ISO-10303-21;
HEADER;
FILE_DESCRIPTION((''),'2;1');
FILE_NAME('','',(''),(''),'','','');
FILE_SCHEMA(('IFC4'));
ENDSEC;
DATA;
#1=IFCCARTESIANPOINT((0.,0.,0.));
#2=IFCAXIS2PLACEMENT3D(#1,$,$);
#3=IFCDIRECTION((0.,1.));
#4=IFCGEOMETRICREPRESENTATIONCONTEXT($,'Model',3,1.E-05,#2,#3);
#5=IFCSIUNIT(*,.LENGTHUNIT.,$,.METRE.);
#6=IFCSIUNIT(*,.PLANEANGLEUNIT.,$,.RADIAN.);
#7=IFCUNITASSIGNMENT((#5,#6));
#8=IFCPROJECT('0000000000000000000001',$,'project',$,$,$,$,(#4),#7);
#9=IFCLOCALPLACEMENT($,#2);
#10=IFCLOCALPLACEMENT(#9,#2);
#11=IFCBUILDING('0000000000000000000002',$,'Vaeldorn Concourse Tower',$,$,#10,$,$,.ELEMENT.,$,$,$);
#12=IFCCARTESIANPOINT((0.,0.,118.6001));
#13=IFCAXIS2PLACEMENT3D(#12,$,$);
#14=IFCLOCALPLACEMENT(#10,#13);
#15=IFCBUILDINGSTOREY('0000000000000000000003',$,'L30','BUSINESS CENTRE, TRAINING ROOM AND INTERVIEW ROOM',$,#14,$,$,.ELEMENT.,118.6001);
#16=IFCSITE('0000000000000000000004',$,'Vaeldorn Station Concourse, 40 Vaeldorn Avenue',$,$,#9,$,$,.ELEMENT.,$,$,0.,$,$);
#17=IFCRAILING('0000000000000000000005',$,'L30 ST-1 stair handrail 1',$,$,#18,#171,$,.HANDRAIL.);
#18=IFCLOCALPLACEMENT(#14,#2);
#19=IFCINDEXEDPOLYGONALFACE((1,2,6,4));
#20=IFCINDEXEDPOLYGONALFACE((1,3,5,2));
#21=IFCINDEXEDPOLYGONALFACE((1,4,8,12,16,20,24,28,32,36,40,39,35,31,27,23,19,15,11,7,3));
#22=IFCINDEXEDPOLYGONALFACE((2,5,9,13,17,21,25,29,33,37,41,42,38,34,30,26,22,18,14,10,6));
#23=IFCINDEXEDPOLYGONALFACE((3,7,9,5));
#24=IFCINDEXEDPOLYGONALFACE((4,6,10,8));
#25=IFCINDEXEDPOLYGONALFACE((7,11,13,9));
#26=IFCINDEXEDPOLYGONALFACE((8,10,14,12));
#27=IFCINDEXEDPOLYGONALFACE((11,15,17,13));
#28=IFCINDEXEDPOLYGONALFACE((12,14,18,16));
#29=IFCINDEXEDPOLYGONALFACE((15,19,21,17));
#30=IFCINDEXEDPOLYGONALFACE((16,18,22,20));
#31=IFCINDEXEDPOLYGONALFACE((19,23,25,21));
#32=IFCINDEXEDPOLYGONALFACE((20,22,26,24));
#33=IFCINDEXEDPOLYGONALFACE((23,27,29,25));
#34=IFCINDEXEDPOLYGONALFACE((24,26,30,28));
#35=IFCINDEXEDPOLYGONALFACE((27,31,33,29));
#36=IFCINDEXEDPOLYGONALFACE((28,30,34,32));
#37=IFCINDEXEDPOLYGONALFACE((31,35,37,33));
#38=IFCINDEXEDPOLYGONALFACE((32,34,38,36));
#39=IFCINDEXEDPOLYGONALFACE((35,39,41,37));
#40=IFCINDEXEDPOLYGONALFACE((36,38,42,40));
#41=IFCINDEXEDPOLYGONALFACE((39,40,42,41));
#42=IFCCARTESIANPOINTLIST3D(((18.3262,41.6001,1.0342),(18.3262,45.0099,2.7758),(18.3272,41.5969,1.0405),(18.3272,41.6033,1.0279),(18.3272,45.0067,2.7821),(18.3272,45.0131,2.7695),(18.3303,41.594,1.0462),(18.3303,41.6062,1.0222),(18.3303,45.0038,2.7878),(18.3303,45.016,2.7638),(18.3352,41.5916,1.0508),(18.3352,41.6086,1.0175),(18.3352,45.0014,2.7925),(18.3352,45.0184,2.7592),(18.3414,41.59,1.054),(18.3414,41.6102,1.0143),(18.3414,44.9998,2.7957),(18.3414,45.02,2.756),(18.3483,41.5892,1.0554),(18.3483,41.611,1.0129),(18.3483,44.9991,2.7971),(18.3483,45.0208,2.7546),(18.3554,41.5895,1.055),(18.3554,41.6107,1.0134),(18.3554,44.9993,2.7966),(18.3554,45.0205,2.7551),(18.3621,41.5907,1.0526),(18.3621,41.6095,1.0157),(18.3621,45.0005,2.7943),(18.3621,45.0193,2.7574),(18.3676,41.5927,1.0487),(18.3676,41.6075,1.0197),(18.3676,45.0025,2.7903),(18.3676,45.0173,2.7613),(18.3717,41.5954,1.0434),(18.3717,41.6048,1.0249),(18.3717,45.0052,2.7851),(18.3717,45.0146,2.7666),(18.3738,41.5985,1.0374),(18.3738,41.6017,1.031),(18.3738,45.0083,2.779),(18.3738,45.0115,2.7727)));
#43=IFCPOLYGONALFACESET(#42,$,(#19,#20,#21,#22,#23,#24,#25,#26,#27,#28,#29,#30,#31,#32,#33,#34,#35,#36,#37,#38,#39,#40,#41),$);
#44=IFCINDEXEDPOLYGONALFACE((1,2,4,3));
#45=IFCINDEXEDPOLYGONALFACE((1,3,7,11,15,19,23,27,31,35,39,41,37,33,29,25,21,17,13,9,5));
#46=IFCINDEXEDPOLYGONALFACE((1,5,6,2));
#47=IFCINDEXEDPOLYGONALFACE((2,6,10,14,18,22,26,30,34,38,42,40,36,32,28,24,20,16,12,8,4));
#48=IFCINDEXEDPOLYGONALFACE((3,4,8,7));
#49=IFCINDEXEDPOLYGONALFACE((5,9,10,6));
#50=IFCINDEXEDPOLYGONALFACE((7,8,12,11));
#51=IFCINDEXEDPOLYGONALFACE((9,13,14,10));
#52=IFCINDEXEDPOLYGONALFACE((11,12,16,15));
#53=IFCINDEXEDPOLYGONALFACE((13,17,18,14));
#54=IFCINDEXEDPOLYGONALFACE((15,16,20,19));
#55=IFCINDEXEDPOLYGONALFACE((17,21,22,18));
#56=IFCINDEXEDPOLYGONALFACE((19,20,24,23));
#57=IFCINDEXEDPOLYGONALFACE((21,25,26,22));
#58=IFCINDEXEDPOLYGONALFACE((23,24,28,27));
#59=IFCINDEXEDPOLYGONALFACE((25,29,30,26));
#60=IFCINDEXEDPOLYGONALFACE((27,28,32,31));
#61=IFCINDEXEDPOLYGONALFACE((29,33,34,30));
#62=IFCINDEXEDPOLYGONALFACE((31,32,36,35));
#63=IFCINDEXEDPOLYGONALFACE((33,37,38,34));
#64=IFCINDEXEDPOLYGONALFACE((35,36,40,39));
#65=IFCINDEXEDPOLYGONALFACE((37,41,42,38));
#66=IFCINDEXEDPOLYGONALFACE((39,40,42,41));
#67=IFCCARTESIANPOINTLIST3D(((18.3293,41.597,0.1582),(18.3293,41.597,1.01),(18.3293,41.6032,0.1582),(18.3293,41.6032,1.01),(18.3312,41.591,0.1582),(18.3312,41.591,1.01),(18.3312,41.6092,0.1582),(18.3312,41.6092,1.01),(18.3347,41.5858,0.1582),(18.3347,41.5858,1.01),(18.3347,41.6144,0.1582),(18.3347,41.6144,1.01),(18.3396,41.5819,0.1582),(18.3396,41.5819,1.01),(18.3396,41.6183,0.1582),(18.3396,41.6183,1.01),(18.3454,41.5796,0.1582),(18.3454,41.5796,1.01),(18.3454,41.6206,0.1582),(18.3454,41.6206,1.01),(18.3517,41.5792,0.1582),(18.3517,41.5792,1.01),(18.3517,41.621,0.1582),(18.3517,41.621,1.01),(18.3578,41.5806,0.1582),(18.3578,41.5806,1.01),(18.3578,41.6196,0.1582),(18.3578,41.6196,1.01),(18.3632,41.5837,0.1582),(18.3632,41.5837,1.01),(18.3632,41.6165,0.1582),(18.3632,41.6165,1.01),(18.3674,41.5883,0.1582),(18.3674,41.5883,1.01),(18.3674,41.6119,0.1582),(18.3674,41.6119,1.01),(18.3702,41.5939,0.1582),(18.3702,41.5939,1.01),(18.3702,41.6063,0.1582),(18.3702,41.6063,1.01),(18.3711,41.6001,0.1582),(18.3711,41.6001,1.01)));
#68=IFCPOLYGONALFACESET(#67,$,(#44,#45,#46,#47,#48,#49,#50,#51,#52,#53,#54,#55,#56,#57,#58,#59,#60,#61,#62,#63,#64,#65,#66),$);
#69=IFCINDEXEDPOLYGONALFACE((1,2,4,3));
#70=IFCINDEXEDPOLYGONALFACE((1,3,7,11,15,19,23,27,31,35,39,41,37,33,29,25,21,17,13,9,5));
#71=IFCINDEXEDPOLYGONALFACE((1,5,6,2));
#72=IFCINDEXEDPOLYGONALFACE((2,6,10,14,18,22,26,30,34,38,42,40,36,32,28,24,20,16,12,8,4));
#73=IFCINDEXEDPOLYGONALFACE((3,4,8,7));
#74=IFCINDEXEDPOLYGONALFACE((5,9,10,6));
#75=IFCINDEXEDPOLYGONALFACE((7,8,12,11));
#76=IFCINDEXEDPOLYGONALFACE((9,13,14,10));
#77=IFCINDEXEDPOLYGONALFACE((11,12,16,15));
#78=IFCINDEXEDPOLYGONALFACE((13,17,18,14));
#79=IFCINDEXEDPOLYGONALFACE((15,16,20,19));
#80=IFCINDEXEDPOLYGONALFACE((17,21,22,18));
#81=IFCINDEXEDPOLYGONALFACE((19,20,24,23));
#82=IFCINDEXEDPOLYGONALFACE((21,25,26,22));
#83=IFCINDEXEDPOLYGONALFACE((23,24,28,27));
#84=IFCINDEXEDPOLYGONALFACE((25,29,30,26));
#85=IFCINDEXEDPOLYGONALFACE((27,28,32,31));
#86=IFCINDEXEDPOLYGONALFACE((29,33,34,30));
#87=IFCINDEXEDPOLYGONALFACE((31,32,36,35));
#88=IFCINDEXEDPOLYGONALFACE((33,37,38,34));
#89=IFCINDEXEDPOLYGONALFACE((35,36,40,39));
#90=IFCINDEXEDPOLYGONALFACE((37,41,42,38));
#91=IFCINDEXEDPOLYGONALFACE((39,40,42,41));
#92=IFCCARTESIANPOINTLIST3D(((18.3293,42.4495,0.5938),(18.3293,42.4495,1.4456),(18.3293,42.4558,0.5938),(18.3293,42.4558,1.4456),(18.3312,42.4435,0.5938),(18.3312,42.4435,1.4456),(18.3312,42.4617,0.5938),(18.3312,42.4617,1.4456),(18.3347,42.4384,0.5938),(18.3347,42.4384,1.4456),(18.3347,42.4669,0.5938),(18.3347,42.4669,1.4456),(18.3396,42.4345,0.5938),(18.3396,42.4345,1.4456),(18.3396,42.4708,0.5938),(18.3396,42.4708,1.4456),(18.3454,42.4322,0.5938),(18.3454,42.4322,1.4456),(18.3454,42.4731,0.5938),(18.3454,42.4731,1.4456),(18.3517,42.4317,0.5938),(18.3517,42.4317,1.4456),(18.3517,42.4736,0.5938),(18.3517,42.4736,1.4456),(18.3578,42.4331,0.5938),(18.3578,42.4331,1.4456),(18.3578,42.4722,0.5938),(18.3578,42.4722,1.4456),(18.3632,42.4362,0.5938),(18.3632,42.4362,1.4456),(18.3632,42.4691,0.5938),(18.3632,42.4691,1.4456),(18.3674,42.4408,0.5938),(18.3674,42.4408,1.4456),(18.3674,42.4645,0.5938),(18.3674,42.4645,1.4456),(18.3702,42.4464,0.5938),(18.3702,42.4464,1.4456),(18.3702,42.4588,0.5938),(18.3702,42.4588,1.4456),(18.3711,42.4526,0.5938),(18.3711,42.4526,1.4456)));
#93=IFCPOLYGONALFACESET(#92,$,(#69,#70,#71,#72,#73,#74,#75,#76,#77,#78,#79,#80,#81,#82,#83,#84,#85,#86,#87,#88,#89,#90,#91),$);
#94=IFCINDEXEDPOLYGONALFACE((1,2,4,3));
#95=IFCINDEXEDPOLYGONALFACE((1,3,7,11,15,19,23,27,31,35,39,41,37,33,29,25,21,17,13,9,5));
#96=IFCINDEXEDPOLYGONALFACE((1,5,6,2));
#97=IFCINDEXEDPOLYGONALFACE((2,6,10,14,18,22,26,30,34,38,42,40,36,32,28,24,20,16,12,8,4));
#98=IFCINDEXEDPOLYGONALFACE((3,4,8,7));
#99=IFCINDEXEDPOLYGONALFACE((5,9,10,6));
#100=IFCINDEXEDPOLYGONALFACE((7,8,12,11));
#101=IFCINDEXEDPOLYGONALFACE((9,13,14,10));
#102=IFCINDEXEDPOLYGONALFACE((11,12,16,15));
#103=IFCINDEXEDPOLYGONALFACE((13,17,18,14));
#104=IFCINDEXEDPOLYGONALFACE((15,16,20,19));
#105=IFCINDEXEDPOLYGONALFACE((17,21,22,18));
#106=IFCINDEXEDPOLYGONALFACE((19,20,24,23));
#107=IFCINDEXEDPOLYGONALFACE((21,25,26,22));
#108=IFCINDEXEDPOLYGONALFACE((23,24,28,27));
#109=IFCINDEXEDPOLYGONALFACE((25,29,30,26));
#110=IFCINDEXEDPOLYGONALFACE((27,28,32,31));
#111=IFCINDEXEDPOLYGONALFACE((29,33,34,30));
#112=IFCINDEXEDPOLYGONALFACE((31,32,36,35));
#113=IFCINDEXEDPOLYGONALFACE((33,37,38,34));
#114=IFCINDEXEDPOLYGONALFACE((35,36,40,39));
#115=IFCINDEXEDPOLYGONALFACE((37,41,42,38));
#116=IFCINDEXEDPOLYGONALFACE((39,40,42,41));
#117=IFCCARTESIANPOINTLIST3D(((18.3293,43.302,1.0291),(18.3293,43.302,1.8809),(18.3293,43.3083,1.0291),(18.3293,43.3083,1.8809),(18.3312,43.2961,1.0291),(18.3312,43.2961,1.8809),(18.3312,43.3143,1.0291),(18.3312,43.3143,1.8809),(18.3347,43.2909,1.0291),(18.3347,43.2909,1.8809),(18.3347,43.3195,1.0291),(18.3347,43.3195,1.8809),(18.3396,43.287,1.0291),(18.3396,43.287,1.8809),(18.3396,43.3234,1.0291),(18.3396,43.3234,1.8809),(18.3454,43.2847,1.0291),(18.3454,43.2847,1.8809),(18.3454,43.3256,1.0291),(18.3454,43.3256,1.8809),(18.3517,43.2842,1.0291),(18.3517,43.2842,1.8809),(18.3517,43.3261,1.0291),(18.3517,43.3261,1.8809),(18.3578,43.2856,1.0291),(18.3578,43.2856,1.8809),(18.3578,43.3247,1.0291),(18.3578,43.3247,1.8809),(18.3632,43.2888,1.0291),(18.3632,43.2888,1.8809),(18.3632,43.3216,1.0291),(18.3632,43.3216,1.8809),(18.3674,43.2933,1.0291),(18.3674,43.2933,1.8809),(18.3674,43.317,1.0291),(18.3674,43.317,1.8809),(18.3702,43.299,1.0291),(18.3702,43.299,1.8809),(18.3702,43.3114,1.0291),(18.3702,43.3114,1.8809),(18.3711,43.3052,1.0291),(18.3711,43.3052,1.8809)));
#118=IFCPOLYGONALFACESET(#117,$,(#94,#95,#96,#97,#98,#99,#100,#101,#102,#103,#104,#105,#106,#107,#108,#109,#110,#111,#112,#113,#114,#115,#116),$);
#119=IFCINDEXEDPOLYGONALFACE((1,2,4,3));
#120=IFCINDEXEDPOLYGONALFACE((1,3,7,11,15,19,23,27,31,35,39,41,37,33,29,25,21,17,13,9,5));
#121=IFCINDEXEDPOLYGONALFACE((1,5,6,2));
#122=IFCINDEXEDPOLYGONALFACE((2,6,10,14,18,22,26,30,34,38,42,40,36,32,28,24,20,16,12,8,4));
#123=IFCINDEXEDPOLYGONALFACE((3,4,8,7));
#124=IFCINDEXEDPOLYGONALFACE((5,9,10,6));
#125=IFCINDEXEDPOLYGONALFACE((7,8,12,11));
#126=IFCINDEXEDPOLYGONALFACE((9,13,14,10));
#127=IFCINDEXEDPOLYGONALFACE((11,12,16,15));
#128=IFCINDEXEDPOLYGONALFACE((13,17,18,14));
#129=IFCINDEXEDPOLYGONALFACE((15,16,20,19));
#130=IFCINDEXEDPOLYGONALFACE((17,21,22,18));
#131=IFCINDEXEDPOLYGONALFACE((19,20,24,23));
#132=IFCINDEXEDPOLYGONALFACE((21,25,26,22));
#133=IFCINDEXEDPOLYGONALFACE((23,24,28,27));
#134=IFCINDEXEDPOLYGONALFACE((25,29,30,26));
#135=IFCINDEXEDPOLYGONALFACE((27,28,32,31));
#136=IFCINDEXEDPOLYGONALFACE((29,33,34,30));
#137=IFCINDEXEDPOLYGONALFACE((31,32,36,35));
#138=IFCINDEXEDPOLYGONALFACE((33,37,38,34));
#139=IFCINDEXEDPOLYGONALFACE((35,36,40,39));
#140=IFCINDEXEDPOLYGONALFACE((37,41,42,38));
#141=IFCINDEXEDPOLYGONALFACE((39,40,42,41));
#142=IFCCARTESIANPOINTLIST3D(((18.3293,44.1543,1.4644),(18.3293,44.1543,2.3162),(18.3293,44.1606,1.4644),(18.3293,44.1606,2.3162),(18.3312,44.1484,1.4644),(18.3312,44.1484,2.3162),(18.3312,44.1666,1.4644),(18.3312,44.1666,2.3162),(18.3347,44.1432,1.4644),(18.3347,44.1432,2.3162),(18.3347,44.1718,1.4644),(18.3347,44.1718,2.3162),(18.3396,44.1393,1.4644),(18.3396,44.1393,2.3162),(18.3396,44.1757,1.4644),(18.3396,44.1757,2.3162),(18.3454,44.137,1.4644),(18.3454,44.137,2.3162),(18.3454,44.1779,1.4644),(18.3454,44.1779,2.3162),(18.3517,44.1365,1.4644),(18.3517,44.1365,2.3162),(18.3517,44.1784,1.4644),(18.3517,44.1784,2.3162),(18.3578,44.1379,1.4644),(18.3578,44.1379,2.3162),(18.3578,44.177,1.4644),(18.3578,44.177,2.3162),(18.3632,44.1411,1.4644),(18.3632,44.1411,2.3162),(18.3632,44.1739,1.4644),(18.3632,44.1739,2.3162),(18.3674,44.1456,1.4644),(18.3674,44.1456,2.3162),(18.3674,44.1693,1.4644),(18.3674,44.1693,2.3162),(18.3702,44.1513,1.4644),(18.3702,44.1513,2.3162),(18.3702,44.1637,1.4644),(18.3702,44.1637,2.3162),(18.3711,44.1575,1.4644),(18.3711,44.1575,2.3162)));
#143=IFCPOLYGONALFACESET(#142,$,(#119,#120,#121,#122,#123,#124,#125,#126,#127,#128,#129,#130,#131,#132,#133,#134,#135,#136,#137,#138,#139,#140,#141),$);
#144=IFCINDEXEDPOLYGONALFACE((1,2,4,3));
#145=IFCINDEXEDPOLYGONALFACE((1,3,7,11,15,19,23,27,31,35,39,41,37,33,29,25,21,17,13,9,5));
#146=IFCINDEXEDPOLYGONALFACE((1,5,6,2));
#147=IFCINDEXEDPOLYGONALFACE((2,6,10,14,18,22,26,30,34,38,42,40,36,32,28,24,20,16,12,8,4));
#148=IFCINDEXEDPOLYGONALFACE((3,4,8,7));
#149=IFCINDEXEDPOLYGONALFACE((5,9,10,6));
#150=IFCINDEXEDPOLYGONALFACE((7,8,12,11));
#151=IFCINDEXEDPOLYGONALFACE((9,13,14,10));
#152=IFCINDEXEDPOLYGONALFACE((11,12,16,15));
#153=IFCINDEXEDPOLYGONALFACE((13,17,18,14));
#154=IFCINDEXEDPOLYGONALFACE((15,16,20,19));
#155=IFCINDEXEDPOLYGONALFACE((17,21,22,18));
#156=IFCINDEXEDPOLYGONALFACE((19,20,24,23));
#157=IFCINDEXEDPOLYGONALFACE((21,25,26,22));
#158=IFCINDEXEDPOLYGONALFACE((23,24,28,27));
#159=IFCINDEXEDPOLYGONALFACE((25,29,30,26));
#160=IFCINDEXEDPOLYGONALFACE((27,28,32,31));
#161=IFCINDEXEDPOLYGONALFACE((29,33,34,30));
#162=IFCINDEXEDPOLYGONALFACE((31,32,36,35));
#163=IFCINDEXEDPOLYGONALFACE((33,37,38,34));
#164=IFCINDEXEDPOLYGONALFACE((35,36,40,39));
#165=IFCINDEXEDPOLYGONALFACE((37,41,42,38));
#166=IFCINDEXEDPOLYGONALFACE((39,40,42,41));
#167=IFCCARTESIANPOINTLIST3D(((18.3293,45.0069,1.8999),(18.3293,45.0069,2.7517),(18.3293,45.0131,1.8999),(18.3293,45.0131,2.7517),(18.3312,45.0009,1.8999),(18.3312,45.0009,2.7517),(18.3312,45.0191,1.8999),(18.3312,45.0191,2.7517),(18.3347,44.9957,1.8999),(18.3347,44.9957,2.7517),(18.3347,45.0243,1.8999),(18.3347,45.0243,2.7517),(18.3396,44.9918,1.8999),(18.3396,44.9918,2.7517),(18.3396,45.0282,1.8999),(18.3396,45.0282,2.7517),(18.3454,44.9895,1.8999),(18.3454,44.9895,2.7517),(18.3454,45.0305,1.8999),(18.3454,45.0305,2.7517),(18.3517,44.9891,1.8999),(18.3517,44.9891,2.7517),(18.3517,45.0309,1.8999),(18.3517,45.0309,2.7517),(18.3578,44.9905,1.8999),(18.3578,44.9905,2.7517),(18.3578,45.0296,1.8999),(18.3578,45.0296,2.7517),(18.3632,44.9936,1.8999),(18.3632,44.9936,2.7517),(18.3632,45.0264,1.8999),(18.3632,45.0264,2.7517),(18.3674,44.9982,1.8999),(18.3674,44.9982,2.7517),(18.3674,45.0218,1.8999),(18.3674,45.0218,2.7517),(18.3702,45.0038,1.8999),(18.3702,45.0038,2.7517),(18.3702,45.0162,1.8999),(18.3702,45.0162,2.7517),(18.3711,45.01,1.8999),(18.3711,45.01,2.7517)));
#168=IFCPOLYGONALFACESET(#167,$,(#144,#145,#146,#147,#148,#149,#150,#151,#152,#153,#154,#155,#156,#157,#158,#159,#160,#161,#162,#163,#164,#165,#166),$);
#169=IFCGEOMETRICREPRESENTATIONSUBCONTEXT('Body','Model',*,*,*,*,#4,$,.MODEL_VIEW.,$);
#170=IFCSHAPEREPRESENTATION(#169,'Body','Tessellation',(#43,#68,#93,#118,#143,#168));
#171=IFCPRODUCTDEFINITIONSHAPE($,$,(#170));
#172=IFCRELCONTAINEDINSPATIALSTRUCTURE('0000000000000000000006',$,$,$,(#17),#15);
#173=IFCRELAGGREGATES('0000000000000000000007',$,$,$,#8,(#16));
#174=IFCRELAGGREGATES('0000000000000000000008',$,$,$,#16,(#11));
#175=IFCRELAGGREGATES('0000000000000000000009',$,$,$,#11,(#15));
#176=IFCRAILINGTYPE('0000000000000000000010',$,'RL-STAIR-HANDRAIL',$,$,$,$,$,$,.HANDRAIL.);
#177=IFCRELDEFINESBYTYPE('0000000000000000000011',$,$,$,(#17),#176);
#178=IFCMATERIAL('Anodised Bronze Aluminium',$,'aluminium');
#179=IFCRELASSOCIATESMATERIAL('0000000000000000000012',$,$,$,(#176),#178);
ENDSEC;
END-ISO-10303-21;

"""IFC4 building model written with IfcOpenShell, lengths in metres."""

from ifc_helpers import new_model, si_unit, direction, frame, origin, origin_2d, place, context, subcontext, project, spatial, circle, extrude, material, type_object, element, save


model = new_model("IFC4")

# Units and contexts
model_context = context("Model", 3, precision=1e-05, world=origin(), true_north=direction((0.0, 1.0)))
body_context = subcontext(model_context, "Body", "Model", "MODEL_VIEW")
ifc_project = project(units=[si_unit("LENGTHUNIT", "METRE"), si_unit("PLANEANGLEUNIT", "RADIAN")], contexts=[model_context])

# Site, building, storey
site_placement = place(None, origin())
site = spatial("IfcSite", under=ifc_project, at=site_placement, Name="Vaeldorn Station Concourse, 40 Vaeldorn Avenue", CompositionType="ELEMENT", RefElevation=0.0)
building_placement = place(site_placement, origin())
building = spatial("IfcBuilding", under=site, at=building_placement, Name="Vaeldorn Concourse Tower", CompositionType="ELEMENT")
storey_placement = place(building_placement, frame((0.0, 0.0, 118.6001)))
storey = spatial("IfcBuildingStorey", under=building, at=storey_placement, Name="L30", Description="BUSINESS CENTRE, TRAINING ROOM AND INTERVIEW ROOM", CompositionType="ELEMENT", Elevation=118.6001)

# Shared definitions
ifc_material_1 = material(Name="Anodised Bronze Aluminium", Category="aluminium")

# Railing
railing_type_1 = type_object("IfcRailingType", Name="RL-STAIR-HANDRAIL", PredefinedType="HANDRAIL", material=ifc_material_1)
railing_1_placement = place(storey_placement, frame((18.3501, 41.6001, 0.1582)))
element("IfcRailing", 1, at=railing_1_placement, inside=storey, type_object=railing_type_1, Name="L30 ST-1 stair handrail 1", PredefinedType="HANDRAIL", context=body_context, shape_type="SweptSolid", body=[
    extrude(circle(Radius=0.0239, at=origin_2d()), frame((0.0, 0.0, 0.876), z_axis=(0.0, 0.890556, 0.454874), x_axis=(-1.0, 0.0, 0.0)), (0.0, 0.0, 1.0), 3.8289),
    extrude(circle(Radius=0.021, at=origin_2d()), origin(), (0.0, 0.0, 1.0), 0.8518),
    extrude(circle(Radius=0.021, at=origin_2d()), frame((0.0, 0.8525, 0.4355)), (0.0, 0.0, 1.0), 0.8518),
    extrude(circle(Radius=0.021, at=origin_2d()), frame((0.0, 1.7051, 0.8708)), (0.0, 0.0, 1.0), 0.8518),
    extrude(circle(Radius=0.021, at=origin_2d()), frame((0.0, 2.5574, 1.3062)), (0.0, 0.0, 1.0), 0.8518),
    extrude(circle(Radius=0.021, at=origin_2d()), frame((0.0, 3.4099, 1.7417)), (0.0, 0.0, 1.0), 0.8518),
])

save(model, "model.ifc")
